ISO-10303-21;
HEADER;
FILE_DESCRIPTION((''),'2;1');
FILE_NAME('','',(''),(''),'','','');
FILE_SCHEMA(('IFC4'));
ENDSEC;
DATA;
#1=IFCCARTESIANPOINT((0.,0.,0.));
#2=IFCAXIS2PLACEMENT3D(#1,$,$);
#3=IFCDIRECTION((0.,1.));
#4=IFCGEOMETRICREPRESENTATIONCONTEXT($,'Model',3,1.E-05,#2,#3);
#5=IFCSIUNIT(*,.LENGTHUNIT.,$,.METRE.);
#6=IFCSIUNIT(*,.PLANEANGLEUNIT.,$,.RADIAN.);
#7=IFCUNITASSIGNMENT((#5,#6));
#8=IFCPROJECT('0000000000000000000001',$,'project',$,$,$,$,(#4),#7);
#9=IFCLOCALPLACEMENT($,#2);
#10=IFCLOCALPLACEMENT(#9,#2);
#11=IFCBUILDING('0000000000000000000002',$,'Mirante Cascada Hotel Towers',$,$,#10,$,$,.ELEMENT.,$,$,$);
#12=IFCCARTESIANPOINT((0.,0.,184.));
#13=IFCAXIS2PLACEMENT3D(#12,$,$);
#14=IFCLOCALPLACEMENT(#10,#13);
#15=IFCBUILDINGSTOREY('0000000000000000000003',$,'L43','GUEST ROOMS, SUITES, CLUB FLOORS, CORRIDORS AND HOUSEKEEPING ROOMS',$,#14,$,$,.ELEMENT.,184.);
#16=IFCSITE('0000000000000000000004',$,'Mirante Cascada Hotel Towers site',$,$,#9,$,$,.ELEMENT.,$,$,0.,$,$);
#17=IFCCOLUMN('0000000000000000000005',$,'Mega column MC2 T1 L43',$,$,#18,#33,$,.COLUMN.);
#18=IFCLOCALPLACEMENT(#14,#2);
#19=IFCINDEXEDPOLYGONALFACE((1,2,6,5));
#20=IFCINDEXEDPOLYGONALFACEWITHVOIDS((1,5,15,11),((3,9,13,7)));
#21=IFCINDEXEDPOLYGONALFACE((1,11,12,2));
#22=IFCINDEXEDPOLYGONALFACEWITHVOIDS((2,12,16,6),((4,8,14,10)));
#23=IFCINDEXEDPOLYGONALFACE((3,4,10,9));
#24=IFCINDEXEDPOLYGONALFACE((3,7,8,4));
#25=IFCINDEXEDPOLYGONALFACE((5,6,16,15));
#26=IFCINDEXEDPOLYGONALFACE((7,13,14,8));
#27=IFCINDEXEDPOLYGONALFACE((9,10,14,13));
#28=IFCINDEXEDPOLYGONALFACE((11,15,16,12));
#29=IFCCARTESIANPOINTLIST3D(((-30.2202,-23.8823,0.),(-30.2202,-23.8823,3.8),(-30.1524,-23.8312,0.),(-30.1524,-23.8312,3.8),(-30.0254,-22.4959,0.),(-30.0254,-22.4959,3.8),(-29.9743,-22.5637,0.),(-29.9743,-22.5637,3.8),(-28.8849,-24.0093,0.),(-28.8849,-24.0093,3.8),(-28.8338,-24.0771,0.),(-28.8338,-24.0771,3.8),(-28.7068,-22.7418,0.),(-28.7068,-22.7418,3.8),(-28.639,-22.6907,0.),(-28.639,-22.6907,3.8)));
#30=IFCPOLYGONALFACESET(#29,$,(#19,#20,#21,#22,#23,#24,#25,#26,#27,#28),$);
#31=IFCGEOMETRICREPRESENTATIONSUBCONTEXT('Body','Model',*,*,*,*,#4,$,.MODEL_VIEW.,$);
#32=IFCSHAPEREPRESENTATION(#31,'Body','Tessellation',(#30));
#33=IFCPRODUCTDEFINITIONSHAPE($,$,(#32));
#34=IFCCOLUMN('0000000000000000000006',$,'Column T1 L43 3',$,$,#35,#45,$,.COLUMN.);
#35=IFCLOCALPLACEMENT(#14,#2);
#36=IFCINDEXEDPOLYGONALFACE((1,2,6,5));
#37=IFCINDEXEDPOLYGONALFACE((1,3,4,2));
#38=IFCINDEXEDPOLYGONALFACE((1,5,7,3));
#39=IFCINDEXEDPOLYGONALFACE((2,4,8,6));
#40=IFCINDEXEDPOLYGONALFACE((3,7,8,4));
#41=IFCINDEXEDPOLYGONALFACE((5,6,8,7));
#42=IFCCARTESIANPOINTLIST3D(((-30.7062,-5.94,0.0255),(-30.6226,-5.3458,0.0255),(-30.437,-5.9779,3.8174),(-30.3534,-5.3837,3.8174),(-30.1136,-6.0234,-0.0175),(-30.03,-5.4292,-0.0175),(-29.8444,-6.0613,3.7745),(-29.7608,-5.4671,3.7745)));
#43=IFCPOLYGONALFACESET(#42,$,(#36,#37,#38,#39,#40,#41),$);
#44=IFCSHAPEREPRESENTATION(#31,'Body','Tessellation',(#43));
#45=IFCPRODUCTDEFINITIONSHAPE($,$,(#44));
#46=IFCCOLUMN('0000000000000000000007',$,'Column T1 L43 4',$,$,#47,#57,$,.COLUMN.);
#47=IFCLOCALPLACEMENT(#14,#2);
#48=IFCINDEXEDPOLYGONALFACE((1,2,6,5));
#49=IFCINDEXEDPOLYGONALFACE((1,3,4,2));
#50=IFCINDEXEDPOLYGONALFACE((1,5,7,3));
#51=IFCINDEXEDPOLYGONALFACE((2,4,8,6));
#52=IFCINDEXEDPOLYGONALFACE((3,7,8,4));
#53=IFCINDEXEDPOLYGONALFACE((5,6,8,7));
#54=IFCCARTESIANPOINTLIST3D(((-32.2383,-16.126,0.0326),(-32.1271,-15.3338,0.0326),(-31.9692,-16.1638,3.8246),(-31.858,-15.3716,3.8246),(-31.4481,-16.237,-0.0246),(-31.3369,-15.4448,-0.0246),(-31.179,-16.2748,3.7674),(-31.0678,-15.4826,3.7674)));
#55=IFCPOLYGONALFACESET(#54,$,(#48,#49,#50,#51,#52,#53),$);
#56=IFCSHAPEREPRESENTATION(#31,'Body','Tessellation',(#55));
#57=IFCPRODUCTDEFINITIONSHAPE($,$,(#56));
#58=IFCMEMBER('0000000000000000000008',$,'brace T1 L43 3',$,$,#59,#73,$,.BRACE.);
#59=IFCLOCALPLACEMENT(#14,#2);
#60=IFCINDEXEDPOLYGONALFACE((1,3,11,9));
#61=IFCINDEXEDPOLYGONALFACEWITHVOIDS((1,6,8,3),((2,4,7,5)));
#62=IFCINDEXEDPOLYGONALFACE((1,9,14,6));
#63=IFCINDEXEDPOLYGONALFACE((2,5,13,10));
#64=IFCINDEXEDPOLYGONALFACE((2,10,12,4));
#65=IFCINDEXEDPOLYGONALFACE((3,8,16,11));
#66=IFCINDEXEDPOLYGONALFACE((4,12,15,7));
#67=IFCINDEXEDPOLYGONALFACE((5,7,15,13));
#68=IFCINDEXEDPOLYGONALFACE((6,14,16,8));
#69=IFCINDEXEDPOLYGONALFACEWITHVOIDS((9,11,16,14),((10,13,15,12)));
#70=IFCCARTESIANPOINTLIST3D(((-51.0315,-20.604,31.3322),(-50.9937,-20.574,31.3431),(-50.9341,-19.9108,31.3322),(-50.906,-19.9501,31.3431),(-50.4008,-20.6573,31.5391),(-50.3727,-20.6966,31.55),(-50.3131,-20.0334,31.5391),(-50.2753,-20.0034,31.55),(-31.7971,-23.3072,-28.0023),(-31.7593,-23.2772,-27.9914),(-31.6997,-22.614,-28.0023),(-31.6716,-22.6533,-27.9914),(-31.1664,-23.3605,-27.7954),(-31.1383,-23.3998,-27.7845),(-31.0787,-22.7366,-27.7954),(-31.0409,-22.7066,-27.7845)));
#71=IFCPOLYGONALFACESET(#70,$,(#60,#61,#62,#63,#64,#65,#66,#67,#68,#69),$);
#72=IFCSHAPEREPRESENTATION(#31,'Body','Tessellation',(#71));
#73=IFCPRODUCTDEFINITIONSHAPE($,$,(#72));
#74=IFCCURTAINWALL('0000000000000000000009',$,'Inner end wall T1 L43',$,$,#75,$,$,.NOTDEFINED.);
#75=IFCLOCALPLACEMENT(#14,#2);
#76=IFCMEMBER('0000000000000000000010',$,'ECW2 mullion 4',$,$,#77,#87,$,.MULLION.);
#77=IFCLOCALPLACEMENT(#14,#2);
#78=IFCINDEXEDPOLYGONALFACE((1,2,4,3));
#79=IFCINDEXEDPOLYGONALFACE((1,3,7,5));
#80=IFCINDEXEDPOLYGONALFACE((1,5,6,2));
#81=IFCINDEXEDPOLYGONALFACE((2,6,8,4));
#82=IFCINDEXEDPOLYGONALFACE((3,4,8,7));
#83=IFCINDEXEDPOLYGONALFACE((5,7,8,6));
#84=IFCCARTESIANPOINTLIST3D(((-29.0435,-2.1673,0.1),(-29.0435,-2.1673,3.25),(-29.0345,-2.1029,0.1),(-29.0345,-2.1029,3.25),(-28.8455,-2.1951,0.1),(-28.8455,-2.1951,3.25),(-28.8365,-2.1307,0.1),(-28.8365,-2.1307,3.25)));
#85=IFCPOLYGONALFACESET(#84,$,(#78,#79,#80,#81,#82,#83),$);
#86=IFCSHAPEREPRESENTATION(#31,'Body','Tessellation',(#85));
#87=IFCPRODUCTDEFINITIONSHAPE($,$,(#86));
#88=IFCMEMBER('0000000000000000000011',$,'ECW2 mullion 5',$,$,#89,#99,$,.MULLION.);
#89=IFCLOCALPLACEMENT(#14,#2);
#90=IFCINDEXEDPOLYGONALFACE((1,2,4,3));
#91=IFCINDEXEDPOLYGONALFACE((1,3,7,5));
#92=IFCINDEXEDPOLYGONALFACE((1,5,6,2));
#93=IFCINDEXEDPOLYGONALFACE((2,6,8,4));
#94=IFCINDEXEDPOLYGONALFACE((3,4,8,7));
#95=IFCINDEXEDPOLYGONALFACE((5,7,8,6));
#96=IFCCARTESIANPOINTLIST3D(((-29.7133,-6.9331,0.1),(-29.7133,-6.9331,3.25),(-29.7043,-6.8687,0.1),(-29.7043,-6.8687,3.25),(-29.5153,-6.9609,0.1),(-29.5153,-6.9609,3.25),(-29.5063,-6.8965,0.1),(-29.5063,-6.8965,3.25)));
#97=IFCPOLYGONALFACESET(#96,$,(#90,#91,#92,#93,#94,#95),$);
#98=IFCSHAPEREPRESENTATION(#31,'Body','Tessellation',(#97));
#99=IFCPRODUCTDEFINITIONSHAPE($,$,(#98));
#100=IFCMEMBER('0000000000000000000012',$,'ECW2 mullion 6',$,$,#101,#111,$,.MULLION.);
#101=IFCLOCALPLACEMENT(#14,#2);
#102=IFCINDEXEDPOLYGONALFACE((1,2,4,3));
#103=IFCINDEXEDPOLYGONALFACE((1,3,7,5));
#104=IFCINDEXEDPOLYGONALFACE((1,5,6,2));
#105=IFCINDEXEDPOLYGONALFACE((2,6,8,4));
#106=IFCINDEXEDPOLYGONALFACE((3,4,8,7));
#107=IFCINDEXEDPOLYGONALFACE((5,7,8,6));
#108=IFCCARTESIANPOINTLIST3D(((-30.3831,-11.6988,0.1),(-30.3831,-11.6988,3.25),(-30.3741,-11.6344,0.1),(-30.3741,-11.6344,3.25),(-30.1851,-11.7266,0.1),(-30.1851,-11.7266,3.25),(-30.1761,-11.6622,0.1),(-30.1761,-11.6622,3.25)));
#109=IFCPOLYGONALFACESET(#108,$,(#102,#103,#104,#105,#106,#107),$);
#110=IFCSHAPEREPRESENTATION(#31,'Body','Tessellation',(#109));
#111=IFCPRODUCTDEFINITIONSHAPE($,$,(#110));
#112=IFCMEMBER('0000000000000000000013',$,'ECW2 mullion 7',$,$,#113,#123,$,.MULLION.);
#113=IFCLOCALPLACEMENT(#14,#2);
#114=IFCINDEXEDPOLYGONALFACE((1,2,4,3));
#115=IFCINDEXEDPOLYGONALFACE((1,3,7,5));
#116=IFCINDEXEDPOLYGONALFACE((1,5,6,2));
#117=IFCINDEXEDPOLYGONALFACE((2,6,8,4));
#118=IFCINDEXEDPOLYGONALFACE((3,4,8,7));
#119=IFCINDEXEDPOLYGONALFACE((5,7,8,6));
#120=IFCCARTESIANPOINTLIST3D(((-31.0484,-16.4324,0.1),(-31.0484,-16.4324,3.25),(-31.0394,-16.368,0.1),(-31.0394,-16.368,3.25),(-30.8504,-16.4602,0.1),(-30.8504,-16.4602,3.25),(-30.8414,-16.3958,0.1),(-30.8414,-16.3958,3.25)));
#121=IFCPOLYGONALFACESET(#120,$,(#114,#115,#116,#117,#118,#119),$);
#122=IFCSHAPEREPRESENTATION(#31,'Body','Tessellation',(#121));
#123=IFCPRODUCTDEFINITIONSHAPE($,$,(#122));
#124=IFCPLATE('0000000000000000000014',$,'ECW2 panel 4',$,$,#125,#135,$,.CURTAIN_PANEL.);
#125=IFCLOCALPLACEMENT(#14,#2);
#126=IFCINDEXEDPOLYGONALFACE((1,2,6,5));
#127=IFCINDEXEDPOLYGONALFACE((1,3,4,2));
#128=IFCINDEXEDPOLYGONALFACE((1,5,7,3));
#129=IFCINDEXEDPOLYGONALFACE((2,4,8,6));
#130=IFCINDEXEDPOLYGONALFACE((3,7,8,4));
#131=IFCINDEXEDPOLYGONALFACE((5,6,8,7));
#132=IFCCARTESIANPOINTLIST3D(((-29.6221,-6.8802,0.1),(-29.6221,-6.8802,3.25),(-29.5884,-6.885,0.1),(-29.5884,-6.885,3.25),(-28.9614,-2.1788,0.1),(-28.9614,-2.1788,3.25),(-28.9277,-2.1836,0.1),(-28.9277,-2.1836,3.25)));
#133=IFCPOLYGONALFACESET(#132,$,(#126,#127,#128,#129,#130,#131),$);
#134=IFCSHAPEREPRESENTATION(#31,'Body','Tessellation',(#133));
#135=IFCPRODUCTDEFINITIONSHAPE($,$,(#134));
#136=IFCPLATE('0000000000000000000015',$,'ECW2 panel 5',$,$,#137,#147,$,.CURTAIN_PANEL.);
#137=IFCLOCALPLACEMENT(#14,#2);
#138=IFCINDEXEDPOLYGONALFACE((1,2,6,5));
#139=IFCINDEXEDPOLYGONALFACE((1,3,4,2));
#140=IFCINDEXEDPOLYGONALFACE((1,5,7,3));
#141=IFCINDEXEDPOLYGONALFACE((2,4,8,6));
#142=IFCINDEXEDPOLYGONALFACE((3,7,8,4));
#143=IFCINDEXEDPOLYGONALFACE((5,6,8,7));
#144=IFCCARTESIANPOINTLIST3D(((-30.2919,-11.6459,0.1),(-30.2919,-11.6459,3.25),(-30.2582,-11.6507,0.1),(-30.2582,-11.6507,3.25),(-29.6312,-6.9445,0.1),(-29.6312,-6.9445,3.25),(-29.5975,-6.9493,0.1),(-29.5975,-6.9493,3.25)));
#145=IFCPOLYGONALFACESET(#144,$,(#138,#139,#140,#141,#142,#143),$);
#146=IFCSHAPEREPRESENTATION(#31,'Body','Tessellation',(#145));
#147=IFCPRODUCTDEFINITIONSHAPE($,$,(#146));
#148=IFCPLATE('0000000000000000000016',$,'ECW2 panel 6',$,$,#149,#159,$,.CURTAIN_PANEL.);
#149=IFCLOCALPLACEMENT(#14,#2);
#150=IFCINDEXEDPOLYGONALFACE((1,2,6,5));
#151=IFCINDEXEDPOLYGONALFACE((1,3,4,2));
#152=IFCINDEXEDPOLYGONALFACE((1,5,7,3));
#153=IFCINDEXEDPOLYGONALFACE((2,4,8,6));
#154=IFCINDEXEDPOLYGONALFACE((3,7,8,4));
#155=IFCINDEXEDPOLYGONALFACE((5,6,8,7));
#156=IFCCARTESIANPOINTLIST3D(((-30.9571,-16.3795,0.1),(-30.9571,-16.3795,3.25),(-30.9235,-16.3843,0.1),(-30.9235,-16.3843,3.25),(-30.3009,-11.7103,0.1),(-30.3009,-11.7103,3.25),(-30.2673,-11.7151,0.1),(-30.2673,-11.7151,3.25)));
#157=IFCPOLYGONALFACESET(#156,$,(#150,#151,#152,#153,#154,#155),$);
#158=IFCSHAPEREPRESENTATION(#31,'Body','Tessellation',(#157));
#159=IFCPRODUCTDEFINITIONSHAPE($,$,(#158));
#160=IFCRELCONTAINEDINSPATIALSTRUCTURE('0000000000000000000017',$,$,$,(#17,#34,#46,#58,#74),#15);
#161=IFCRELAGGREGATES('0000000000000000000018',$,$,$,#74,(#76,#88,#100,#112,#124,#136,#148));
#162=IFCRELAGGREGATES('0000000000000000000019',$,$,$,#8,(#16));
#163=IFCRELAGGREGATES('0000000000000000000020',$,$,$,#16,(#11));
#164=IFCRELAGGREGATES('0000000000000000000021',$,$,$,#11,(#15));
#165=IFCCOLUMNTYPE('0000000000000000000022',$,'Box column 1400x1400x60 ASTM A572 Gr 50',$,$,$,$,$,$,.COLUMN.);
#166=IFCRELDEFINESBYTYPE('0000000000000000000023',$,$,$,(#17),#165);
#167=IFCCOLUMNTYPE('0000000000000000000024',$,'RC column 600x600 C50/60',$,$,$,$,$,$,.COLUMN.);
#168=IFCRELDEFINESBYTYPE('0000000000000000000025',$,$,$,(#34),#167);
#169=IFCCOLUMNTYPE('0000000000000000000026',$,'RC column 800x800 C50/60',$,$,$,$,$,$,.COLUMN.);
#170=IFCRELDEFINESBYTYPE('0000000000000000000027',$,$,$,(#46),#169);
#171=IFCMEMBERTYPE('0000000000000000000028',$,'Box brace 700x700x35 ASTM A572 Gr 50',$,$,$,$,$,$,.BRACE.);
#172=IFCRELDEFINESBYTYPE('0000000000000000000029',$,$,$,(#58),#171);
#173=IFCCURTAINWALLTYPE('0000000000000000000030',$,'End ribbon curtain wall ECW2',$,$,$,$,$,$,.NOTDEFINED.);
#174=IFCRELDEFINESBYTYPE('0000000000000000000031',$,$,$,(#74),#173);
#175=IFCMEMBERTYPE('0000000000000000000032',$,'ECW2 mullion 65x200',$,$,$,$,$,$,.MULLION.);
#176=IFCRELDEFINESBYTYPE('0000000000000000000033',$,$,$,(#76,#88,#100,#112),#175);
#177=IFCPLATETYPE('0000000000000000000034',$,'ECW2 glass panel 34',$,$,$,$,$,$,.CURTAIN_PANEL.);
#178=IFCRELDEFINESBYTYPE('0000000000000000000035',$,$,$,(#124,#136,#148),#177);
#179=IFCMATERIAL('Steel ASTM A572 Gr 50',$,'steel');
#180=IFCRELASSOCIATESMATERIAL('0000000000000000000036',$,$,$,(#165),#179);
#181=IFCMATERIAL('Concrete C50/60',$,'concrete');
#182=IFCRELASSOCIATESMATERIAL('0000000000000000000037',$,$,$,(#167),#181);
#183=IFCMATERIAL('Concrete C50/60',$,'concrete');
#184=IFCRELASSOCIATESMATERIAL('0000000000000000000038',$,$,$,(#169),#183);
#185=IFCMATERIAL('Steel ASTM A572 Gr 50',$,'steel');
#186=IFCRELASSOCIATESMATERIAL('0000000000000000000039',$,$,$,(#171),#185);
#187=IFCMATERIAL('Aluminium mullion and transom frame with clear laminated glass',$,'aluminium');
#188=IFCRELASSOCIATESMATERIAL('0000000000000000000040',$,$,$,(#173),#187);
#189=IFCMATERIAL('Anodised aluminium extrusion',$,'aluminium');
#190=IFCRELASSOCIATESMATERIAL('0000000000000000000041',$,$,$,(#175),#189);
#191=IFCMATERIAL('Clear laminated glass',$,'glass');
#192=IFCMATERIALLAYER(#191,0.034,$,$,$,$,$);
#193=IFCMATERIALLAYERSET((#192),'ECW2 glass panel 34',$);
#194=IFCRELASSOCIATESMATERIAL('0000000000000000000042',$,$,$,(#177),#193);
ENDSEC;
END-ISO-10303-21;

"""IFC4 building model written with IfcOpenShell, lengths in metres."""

from ifc_helpers import new_model, si_unit, direction, frame, origin, origin_2d, place, context, subcontext, project, spatial, rectangle, hollow_rectangle, extrude, material, layer, layer_set, material_profile, profile_set, type_object, element, aggregate, save


model = new_model("IFC4")

# Units and contexts
model_context = context("Model", 3, precision=1e-05, world=origin(), true_north=direction((0.0, 1.0)))
body_context = subcontext(model_context, "Body", "Model", "MODEL_VIEW")
ifc_project = project(units=[si_unit("LENGTHUNIT", "METRE"), si_unit("PLANEANGLEUNIT", "RADIAN")], contexts=[model_context])

# Site, building, storey
site_placement = place(None, origin())
site = spatial("IfcSite", under=ifc_project, at=site_placement, Name="Mirante Cascada Hotel Towers site", CompositionType="ELEMENT", RefElevation=0.0)
building_placement = place(site_placement, origin())
building = spatial("IfcBuilding", under=site, at=building_placement, Name="Mirante Cascada Hotel Towers", CompositionType="ELEMENT")
storey_placement = place(building_placement, frame((0.0, 0.0, 184.0)))
storey = spatial("IfcBuildingStorey", under=building, at=storey_placement, Name="L43", Description="GUEST ROOMS, SUITES, CLUB FLOORS, CORRIDORS AND HOUSEKEEPING ROOMS", CompositionType="ELEMENT", Elevation=184.0)

# Columns
ifc_material_1 = material(Name="Steel ASTM A572 Gr 50", Category="steel")
ifc_material_profile_1 = material_profile(ifc_material_1, hollow_rectangle(XDim=1.4, YDim=1.4, WallThickness=0.06, at=origin_2d()), Name="Box column 1400x1400x60 ASTM A572 Gr 50")
ifc_profile_set_1 = profile_set([ifc_material_profile_1], Name="Steel ASTM A572 Gr 50")
column_type_1 = type_object("IfcColumnType", Name="Box column 1400x1400x60 ASTM A572 Gr 50", PredefinedType="COLUMN", material=ifc_profile_set_1)
column_1_placement = place(storey_placement, frame((-29.4296, -23.2865, 0.0), z_axis=(0.0, 0.0, 1.0), x_axis=(-0.990268, 0.139173, 0.0)))
element("IfcColumn", 1, at=column_1_placement, inside=storey, type_object=column_type_1, Name="Mega column MC2 T1 L43", PredefinedType="COLUMN", context=body_context, shape_type="SweptSolid", body=[
    extrude(hollow_rectangle(XDim=1.4, YDim=1.4, WallThickness=0.06, at=origin_2d()), origin(), (0.0, 0.0, 1.0), 3.8),
])
ifc_material_2 = material(Name="Concrete C50/60", Category="concrete")
ifc_material_profile_2 = material_profile(ifc_material_2, rectangle(XDim=0.6, YDim=0.6, at=origin_2d()), Name="RC column 600x600 C50/60")
ifc_profile_set_2 = profile_set([ifc_material_profile_2], Name="Concrete C50/60")
column_type_2 = type_object("IfcColumnType", Name="RC column 600x600 C50/60", PredefinedType="COLUMN", material=ifc_profile_set_2)
column_2_placement = place(storey_placement, frame((-30.3681, -5.6846, 0.004), z_axis=(0.07081, -0.009969, 0.99744), x_axis=(0.139413, 0.990234, 0.0)))
element("IfcColumn", 2, at=column_2_placement, inside=storey, type_object=column_type_2, Name="Column T1 L43 3", PredefinedType="COLUMN", context=body_context, shape_type="SweptSolid", body=[
    extrude(rectangle(XDim=0.6, YDim=0.6, at=origin_2d()), origin(), (0.0, 0.0, 1.0), 3.8017),
])
ifc_material_3 = material(Name="Concrete C50/60", Category="concrete")
ifc_material_profile_3 = material_profile(ifc_material_3, rectangle(XDim=0.8, YDim=0.8, at=origin_2d()), Name="RC column 800x800 C50/60")
ifc_profile_set_3 = profile_set([ifc_material_profile_3], Name="Concrete C50/60")
column_type_3 = type_object("IfcColumnType", Name="RC column 800x800 C50/60", PredefinedType="COLUMN", material=ifc_profile_set_3)
column_3_placement = place(storey_placement, frame((-31.7876, -15.7854, 0.004), z_axis=(0.070784, -0.009943, 0.997442), x_axis=(0.139103, 0.990278, 0.0)))
element("IfcColumn", 3, at=column_3_placement, inside=storey, type_object=column_type_3, Name="Column T1 L43 4", PredefinedType="COLUMN", context=body_context, shape_type="SweptSolid", body=[
    extrude(rectangle(XDim=0.8, YDim=0.8, at=origin_2d()), origin(), (0.0, 0.0, 1.0), 3.8017),
])

# Member
ifc_material_4 = material(Name="Steel ASTM A572 Gr 50", Category="steel")
ifc_material_profile_4 = material_profile(ifc_material_4, hollow_rectangle(XDim=0.7, YDim=0.7, WallThickness=0.035, at=origin_2d()), Name="Box brace 700x700x35 ASTM A572 Gr 50")
ifc_profile_set_4 = profile_set([ifc_material_profile_4], Name="Steel ASTM A572 Gr 50")
member_type_1 = type_object("IfcMemberType", Name="Box brace 700x700x35 ASTM A572 Gr 50", PredefinedType="BRACE", material=ifc_profile_set_4)
member_1_placement = place(storey_placement, frame((-31.419, -23.0069, -27.8934), z_axis=(-0.308082, 0.043298, 0.950374), x_axis=(-0.139172, -0.990268, 0.0)))
element("IfcMember", 4, at=member_1_placement, inside=storey, type_object=member_type_1, Name="brace T1 L43 3", PredefinedType="BRACE", context=body_context, shape_type="SweptSolid", body=[
    extrude(hollow_rectangle(XDim=0.7, YDim=0.7, WallThickness=0.035, at=origin_2d()), origin(), (0.0, 0.0, 1.0), 62.4328),
])

# Curtain wall, members, plates
ifc_material_5 = material(Name="Aluminium mullion and transom frame with clear laminated glass", Category="aluminium")
curtain_wall_type = type_object("IfcCurtainWallType", Name="End ribbon curtain wall ECW2", PredefinedType="NOTDEFINED", material=ifc_material_5)
curtain_wall_placement = place(storey_placement, origin())
curtain_wall = element("IfcCurtainWall", 5, at=curtain_wall_placement, inside=storey, type_object=curtain_wall_type, Name="Inner end wall T1 L43", PredefinedType="NOTDEFINED")
ifc_material_6 = material(Name="Anodised aluminium extrusion", Category="aluminium")
ifc_material_profile_5 = material_profile(ifc_material_6, rectangle(XDim=0.2, YDim=0.065, at=origin_2d()), Name="ECW2 MULLION 65x200")
ifc_profile_set_5 = profile_set([ifc_material_profile_5], Name="Anodised aluminium extrusion")
member_type_2 = type_object("IfcMemberType", Name="ECW2 mullion 65x200", PredefinedType="MULLION", material=ifc_profile_set_5)
member_2_placement = place(storey_placement, frame((-28.94, -2.149, 0.1), z_axis=(0.0, 0.0, 1.0), x_axis=(0.990268, -0.139173, 0.0)))
member_2 = element("IfcMember", 6, at=member_2_placement, type_object=member_type_2, Name="ECW2 mullion 4", PredefinedType="MULLION", context=body_context, shape_type="SweptSolid", body=[
    extrude(rectangle(XDim=0.2, YDim=0.065, at=origin_2d()), origin(), (0.0, 0.0, 1.0), 3.15),
])
member_3_placement = place(storey_placement, frame((-29.6098, -6.9148, 0.1), z_axis=(0.0, 0.0, 1.0), x_axis=(0.990268, -0.139173, 0.0)))
member_3 = element("IfcMember", 7, at=member_3_placement, type_object=member_type_2, Name="ECW2 mullion 5", PredefinedType="MULLION", context=body_context, shape_type="SweptSolid", body=[
    extrude(rectangle(XDim=0.2, YDim=0.065, at=origin_2d()), origin(), (0.0, 0.0, 1.0), 3.15),
])
member_4_placement = place(storey_placement, frame((-30.2796, -11.6805, 0.1), z_axis=(0.0, 0.0, 1.0), x_axis=(0.990268, -0.139173, 0.0)))
member_4 = element("IfcMember", 8, at=member_4_placement, type_object=member_type_2, Name="ECW2 mullion 6", PredefinedType="MULLION", context=body_context, shape_type="SweptSolid", body=[
    extrude(rectangle(XDim=0.2, YDim=0.065, at=origin_2d()), origin(), (0.0, 0.0, 1.0), 3.15),
])
member_5_placement = place(storey_placement, frame((-30.9449, -16.4141, 0.1), z_axis=(0.0, 0.0, 1.0), x_axis=(0.990268, -0.139173, 0.0)))
member_5 = element("IfcMember", 9, at=member_5_placement, type_object=member_type_2, Name="ECW2 mullion 7", PredefinedType="MULLION", context=body_context, shape_type="SweptSolid", body=[
    extrude(rectangle(XDim=0.2, YDim=0.065, at=origin_2d()), origin(), (0.0, 0.0, 1.0), 3.15),
])
ifc_material_7 = material(Name="Clear laminated glass", Category="glass")
ifc_layer_1 = layer(ifc_material_7, 0.034)
ifc_layer_set_1 = layer_set([ifc_layer_1], Name="ECW2 glass panel 34")
plate_type = type_object("IfcPlateType", Name="ECW2 glass panel 34", PredefinedType="CURTAIN_PANEL", material=ifc_layer_set_1)
plate_1_placement = place(storey_placement, frame((-29.2749, -4.5319, 0.1), z_axis=(0.0, 0.0, 1.0), x_axis=(-0.139173, -0.990268, 0.0)))
plate_1 = element("IfcPlate", 10, at=plate_1_placement, type_object=plate_type, Name="ECW2 panel 4", PredefinedType="CURTAIN_PANEL", context=body_context, shape_type="SweptSolid", body=[
    extrude(rectangle(XDim=4.7476, YDim=0.034, at=origin_2d()), origin(), (0.0, 0.0, 1.0), 3.15),
])
plate_2_placement = place(storey_placement, frame((-29.9447, -9.2976, 0.1), z_axis=(0.0, 0.0, 1.0), x_axis=(-0.139173, -0.990268, 0.0)))
plate_2 = element("IfcPlate", 11, at=plate_2_placement, type_object=plate_type, Name="ECW2 panel 5", PredefinedType="CURTAIN_PANEL", context=body_context, shape_type="SweptSolid", body=[
    extrude(rectangle(XDim=4.7476, YDim=0.034, at=origin_2d()), origin(), (0.0, 0.0, 1.0), 3.15),
])
plate_3_placement = place(storey_placement, frame((-30.6122, -14.0473, 0.1), z_axis=(0.0, 0.0, 1.0), x_axis=(-0.139173, -0.990268, 0.0)))
plate_3 = element("IfcPlate", 12, at=plate_3_placement, type_object=plate_type, Name="ECW2 panel 6", PredefinedType="CURTAIN_PANEL", context=body_context, shape_type="SweptSolid", body=[
    extrude(rectangle(XDim=4.7151, YDim=0.034, at=origin_2d()), origin(), (0.0, 0.0, 1.0), 3.15),
])
aggregate(curtain_wall, [member_2, member_3, member_4, member_5, plate_1, plate_2, plate_3])

save(model, "model.ifc")
